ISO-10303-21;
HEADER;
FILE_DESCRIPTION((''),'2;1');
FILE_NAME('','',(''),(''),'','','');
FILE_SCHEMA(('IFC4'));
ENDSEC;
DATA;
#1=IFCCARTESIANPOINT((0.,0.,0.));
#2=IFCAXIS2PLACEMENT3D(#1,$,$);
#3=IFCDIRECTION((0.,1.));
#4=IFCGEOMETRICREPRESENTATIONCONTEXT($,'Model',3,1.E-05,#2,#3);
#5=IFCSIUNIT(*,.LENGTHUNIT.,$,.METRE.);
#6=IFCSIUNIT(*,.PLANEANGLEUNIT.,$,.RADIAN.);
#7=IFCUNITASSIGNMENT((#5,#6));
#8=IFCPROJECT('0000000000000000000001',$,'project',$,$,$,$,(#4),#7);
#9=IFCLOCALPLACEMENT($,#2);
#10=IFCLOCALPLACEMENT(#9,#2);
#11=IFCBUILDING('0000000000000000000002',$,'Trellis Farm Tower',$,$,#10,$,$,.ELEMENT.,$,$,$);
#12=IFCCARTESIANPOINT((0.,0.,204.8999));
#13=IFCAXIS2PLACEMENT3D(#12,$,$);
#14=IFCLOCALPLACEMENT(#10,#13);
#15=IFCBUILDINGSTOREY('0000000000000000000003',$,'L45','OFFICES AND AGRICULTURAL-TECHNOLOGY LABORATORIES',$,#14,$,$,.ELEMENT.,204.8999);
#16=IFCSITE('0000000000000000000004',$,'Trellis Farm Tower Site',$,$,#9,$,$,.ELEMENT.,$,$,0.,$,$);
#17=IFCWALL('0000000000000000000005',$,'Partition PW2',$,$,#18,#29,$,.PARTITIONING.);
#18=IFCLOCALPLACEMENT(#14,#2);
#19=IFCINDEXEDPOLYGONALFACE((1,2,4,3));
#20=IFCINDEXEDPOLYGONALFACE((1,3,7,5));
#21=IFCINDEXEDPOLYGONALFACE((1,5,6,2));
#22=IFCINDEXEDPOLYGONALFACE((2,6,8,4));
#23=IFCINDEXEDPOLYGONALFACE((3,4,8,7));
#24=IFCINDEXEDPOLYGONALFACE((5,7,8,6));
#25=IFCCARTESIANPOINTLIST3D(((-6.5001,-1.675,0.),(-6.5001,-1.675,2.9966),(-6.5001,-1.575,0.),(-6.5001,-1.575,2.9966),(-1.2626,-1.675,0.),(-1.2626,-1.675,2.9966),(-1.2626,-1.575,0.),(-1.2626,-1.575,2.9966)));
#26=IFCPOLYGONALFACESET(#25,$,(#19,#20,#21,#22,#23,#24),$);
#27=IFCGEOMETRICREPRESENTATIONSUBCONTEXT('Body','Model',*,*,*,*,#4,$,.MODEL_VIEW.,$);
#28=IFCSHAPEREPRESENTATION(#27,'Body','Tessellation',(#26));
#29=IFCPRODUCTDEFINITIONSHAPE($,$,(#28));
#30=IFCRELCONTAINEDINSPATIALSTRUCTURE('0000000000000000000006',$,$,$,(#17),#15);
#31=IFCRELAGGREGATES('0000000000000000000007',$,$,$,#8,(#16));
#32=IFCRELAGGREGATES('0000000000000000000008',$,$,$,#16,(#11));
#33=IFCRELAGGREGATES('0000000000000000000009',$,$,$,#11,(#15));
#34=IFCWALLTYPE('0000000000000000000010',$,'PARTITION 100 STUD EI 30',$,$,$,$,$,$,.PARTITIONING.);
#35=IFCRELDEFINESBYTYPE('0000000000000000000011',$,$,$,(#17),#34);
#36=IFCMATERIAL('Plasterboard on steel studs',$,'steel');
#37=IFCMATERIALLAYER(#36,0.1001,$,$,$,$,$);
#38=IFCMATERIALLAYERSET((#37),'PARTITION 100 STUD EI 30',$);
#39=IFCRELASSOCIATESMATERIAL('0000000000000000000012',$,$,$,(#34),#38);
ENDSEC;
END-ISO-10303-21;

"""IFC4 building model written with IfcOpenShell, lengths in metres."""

from ifc_helpers import new_model, si_unit, direction, frame, frame_2d, origin, place, context, subcontext, project, spatial, rectangle, extrude, source, transform, mapped, material, layer, layer_set, type_object, element, save


model = new_model("IFC4")

# Units and contexts
model_context = context("Model", 3, precision=1e-05, world=origin(), true_north=direction((0.0, 1.0)))
body_context = subcontext(model_context, "Body", "Model", "MODEL_VIEW")
ifc_project = project(units=[si_unit("LENGTHUNIT", "METRE"), si_unit("PLANEANGLEUNIT", "RADIAN")], contexts=[model_context])

# Site, building, storey
site_placement = place(None, origin())
site = spatial("IfcSite", under=ifc_project, at=site_placement, Name="Trellis Farm Tower Site", CompositionType="ELEMENT", RefElevation=0.0)
building_placement = place(site_placement, origin())
building = spatial("IfcBuilding", under=site, at=building_placement, Name="Trellis Farm Tower", CompositionType="ELEMENT")
storey_placement = place(building_placement, frame((0.0, 0.0, 204.8999)))
storey = spatial("IfcBuildingStorey", under=building, at=storey_placement, Name="L45", Description="OFFICES AND AGRICULTURAL-TECHNOLOGY LABORATORIES", CompositionType="ELEMENT", Elevation=204.8999)

# Wall
ifc_material_1 = material(Name="Plasterboard on steel studs", Category="steel")
ifc_layer_1 = layer(ifc_material_1, 0.1001)
ifc_layer_set_1 = layer_set([ifc_layer_1], Name="PARTITION 100 STUD EI 30")
wall_type_1 = type_object("IfcWallType", Name="PARTITION 100 STUD EI 30", PredefinedType="PARTITIONING", material=ifc_layer_set_1)
shared_shape_1 = source(origin(), body_context, "Body", "SweptSolid", [
    extrude(rectangle(XDim=5.2375, YDim=0.1001, at=frame_2d((2.6187, 0.0))), origin(), (0.0, 0.0, 1.0), 2.9966),
])
wall_1_placement = place(storey_placement, frame((-6.5, -1.625, 0.0), z_axis=(0.0, 0.0, 1.0), x_axis=(1.0, 0.0, 0.0)))
element("IfcWall", 1, at=wall_1_placement, inside=storey, type_object=wall_type_1, Name="Partition PW2", PredefinedType="PARTITIONING", context=body_context, shape_type="MappedRepresentation", body=[
    mapped(shared_shape_1, transform((0.0, 0.0, 0.0))),
])

save(model, "model.ifc")
